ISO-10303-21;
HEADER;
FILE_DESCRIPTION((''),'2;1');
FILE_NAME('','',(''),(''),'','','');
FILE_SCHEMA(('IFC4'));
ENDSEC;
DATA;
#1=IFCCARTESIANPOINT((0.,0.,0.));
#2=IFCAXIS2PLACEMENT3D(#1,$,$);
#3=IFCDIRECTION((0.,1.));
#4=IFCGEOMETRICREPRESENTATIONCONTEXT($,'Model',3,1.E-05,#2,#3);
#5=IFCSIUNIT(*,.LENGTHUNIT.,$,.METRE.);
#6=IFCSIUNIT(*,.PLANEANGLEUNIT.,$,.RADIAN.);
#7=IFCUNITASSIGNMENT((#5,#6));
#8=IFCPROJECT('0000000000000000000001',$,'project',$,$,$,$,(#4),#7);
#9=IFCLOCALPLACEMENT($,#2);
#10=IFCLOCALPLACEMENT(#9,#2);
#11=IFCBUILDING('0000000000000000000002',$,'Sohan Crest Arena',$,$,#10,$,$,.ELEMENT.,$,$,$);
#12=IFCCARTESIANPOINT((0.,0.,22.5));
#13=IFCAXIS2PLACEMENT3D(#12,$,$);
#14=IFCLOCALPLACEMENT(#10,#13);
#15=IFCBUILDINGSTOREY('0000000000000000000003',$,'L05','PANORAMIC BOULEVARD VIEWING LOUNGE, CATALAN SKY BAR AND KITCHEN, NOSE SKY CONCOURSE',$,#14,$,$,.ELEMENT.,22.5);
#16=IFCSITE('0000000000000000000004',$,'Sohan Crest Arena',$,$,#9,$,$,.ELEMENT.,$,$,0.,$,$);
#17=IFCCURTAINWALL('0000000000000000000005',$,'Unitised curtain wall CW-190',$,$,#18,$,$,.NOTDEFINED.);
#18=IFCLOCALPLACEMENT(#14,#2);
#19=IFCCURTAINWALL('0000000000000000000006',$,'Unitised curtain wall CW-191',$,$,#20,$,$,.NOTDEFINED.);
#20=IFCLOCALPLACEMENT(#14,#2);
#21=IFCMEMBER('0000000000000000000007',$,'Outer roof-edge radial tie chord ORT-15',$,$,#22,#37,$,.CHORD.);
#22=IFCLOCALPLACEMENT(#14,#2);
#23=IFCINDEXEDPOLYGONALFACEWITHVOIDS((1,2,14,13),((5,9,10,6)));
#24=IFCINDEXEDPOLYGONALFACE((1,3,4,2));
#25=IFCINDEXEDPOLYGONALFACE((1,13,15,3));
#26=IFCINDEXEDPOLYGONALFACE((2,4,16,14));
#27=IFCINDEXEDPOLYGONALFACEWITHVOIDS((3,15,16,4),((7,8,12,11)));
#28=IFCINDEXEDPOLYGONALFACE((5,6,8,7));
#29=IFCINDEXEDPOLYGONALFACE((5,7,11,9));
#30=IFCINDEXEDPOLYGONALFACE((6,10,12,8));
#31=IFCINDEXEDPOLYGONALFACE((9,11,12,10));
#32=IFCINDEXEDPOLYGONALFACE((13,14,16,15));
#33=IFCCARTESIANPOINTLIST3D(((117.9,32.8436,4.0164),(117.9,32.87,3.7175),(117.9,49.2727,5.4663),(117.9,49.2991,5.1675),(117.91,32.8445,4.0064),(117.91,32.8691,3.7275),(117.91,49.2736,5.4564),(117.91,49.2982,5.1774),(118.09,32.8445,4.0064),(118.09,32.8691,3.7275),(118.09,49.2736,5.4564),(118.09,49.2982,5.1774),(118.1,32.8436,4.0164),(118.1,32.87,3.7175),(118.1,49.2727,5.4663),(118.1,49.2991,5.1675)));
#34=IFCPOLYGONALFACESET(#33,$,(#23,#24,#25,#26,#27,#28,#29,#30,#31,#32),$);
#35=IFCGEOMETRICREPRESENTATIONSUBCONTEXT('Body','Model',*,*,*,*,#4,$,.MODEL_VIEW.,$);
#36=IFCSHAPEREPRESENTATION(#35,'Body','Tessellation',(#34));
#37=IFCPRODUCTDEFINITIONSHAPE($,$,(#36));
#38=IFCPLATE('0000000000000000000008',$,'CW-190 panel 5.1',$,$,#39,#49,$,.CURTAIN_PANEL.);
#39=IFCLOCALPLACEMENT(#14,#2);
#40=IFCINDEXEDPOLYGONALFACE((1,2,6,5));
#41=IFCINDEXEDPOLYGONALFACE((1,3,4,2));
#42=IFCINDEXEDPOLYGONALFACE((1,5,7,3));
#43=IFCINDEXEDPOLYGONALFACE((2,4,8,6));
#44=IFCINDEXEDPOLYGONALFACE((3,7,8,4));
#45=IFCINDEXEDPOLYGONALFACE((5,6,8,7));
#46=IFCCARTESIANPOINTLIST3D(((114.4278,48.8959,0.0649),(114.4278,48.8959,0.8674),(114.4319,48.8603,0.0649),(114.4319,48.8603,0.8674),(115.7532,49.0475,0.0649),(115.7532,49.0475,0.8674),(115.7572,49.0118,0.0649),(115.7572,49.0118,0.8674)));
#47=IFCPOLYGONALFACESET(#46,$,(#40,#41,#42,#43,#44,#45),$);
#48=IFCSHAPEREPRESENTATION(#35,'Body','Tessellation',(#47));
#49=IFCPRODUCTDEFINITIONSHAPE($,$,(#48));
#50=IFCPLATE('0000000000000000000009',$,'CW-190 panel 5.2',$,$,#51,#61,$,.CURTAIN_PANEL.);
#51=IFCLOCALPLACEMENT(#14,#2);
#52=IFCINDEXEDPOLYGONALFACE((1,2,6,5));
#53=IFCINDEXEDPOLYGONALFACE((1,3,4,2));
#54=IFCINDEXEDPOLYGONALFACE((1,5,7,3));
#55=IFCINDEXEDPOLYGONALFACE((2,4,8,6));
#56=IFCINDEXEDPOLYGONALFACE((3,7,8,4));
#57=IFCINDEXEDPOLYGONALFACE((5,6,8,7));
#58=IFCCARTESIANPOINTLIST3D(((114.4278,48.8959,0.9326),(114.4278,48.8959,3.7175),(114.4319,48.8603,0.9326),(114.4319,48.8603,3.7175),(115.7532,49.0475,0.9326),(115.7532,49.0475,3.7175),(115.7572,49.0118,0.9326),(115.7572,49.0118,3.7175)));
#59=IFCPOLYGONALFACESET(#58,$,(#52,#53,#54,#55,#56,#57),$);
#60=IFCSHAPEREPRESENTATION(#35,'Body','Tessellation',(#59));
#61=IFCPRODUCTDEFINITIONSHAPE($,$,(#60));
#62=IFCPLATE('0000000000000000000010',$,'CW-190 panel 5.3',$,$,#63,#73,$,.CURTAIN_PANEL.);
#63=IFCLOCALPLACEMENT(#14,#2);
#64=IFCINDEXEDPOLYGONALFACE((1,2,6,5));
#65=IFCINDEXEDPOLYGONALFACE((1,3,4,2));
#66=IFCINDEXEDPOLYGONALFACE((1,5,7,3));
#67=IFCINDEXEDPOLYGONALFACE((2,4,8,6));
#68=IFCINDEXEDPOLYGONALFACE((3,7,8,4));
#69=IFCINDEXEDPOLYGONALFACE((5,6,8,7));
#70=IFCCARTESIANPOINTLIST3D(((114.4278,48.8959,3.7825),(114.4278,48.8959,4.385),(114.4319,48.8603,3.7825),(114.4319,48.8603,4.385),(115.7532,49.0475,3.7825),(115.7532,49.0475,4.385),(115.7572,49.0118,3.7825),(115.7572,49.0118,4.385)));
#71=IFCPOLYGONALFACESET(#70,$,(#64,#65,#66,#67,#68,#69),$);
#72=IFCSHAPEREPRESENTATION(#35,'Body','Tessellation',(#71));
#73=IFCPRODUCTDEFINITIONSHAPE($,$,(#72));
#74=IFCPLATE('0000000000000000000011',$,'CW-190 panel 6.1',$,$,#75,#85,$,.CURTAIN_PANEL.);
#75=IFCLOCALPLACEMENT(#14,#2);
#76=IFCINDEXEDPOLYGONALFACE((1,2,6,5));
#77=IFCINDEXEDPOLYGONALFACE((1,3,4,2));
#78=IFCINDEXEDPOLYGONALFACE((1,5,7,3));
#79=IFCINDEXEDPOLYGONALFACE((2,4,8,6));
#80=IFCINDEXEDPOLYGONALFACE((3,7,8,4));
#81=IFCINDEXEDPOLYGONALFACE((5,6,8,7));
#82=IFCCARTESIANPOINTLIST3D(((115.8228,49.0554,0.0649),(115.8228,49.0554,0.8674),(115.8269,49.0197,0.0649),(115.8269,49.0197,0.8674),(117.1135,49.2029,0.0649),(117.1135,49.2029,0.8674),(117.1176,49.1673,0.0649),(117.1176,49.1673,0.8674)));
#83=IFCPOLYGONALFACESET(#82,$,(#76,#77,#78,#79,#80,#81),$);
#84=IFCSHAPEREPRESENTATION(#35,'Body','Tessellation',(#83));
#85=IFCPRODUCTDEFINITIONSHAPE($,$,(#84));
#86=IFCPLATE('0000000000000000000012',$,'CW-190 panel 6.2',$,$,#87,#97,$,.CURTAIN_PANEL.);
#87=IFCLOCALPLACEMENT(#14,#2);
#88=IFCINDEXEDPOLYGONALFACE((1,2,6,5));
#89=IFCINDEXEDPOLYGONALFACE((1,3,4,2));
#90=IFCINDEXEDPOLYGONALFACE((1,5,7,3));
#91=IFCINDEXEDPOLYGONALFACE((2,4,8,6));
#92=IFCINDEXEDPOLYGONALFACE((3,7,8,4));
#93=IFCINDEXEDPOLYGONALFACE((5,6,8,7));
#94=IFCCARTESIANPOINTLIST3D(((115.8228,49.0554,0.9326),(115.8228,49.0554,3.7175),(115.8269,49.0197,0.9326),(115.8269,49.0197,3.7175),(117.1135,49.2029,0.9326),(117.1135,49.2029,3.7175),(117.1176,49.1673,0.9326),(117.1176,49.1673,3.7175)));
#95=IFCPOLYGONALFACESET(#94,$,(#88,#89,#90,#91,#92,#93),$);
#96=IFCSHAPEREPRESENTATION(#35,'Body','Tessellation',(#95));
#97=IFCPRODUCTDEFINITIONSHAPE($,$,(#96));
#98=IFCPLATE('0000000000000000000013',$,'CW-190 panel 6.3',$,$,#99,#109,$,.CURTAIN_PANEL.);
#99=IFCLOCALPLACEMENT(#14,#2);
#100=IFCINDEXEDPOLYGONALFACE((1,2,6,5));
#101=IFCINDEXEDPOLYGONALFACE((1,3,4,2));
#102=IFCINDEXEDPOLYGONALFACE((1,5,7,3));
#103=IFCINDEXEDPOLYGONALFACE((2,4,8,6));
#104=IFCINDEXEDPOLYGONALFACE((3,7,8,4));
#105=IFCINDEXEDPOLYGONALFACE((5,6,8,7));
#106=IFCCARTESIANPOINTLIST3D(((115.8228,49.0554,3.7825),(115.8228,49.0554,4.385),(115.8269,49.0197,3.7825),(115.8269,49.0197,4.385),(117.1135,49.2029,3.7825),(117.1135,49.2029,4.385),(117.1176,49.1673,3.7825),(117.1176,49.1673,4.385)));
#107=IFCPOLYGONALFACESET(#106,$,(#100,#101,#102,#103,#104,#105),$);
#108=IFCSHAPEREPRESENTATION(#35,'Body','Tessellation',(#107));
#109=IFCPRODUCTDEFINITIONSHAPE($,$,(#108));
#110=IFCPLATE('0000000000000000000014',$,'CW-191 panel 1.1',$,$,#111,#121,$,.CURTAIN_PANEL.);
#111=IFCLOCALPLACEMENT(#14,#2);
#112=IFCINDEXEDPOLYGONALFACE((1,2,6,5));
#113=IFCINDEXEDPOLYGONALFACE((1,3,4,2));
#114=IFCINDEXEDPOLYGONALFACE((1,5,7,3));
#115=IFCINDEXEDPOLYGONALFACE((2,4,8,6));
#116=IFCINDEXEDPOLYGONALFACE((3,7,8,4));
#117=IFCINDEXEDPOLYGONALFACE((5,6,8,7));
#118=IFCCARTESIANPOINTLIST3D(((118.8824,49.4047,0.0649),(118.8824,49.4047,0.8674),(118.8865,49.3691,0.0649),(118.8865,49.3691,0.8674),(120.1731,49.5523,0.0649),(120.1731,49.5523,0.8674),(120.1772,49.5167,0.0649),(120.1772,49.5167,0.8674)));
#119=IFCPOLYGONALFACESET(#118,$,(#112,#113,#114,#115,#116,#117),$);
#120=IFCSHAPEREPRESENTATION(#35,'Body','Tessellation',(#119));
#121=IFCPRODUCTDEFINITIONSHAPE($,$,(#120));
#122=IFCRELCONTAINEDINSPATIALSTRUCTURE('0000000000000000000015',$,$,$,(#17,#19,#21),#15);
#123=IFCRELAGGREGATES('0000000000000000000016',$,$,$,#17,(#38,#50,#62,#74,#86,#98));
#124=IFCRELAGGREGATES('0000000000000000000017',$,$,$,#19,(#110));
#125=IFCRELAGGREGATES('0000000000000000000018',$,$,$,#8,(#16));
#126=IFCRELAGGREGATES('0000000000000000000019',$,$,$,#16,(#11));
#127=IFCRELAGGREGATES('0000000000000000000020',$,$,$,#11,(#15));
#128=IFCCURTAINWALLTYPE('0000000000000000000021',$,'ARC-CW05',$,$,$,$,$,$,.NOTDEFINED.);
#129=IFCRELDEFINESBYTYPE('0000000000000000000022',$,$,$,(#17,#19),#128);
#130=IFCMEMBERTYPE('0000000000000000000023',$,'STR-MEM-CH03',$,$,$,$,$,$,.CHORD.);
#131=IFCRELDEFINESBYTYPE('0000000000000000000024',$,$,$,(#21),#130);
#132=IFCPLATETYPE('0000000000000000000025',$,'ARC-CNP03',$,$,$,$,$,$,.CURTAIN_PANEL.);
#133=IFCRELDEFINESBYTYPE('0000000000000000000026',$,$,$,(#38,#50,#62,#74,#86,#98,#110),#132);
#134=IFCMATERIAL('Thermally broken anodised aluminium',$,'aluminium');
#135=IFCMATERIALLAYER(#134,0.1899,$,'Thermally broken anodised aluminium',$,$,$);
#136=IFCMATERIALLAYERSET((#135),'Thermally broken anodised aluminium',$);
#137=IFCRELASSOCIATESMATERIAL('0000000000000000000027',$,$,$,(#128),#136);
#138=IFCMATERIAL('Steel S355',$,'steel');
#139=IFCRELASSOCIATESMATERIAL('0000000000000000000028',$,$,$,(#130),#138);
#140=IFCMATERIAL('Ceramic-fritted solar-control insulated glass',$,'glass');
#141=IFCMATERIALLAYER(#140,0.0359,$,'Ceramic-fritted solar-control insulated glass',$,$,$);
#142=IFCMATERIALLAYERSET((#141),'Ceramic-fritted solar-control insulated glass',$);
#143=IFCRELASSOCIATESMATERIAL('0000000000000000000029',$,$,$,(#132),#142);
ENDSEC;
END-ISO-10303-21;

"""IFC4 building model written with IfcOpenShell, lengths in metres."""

from ifc_helpers import new_model, si_unit, direction, frame, origin, origin_2d, place, context, subcontext, project, spatial, rectangle, hollow_rectangle, extrude, material, layer, layer_set, material_profile, profile_set, type_object, element, aggregate, save


model = new_model("IFC4")

# Units and contexts
model_context = context("Model", 3, precision=1e-05, world=origin(), true_north=direction((0.0, 1.0)))
body_context = subcontext(model_context, "Body", "Model", "MODEL_VIEW")
ifc_project = project(units=[si_unit("LENGTHUNIT", "METRE"), si_unit("PLANEANGLEUNIT", "RADIAN")], contexts=[model_context])

# Site, building, storey
site_placement = place(None, origin())
site = spatial("IfcSite", under=ifc_project, at=site_placement, Name="Sohan Crest Arena", CompositionType="ELEMENT", RefElevation=0.0)
building_placement = place(site_placement, origin())
building = spatial("IfcBuilding", under=site, at=building_placement, Name="Sohan Crest Arena", CompositionType="ELEMENT")
storey_placement = place(building_placement, frame((0.0, 0.0, 22.5)))
storey = spatial("IfcBuildingStorey", under=building, at=storey_placement, Name="L05", Description="PANORAMIC BOULEVARD VIEWING LOUNGE, CATALAN SKY BAR AND KITCHEN, NOSE SKY CONCOURSE", CompositionType="ELEMENT", Elevation=22.5)

# Curtain wall
ifc_material_1 = material(Name="Thermally broken anodised aluminium", Category="aluminium")
ifc_layer_1 = layer(ifc_material_1, 0.1899, Name="Thermally broken anodised aluminium")
ifc_layer_set_1 = layer_set([ifc_layer_1], Name="Thermally broken anodised aluminium")
curtain_wall_type = type_object("IfcCurtainWallType", Name="ARC-CW05", PredefinedType="NOTDEFINED", material=ifc_layer_set_1)
curtain_wall_1_placement = place(storey_placement, origin())
curtain_wall_1 = element("IfcCurtainWall", 1, at=curtain_wall_1_placement, inside=storey, type_object=curtain_wall_type, Name="Unitised curtain wall CW-190", PredefinedType="NOTDEFINED")

# Curtain wall
curtain_wall_2_placement = place(storey_placement, origin())
curtain_wall_2 = element("IfcCurtainWall", 2, at=curtain_wall_2_placement, inside=storey, type_object=curtain_wall_type, Name="Unitised curtain wall CW-191", PredefinedType="NOTDEFINED")

# Member
ifc_material_2 = material(Name="Steel S355", Category="steel")
ifc_material_profile_1 = material_profile(ifc_material_2, hollow_rectangle(XDim=0.2, YDim=0.3, WallThickness=0.01, at=origin_2d()), Name="RHS 300x200x10")
ifc_profile_set_1 = profile_set([ifc_material_profile_1], Name="Steel S355")
member_type_1 = type_object("IfcMemberType", Name="STR-MEM-CH03", PredefinedType="CHORD", material=ifc_profile_set_1)
member_1_placement = place(storey_placement, frame((118.0, 49.2859, 5.3169), z_axis=(0.0, -0.996128, -0.087914), x_axis=(1.0, 0.0, 0.0)))
element("IfcMember", 3, at=member_1_placement, inside=storey, type_object=member_type_1, Name="Outer roof-edge radial tie chord ORT-15", PredefinedType="CHORD", context=body_context, shape_type="SweptSolid", body=[
    extrude(hollow_rectangle(XDim=0.2, YDim=0.3, WallThickness=0.01, at=origin_2d()), origin(), (0.0, 0.0, 1.0), 16.4929),
])

# Plates
ifc_material_3 = material(Name="Ceramic-fritted solar-control insulated glass", Category="glass")
ifc_layer_2 = layer(ifc_material_3, 0.0359, Name="Ceramic-fritted solar-control insulated glass")
ifc_layer_set_2 = layer_set([ifc_layer_2], Name="Ceramic-fritted solar-control insulated glass")
plate_type = type_object("IfcPlateType", Name="ARC-CNP03", PredefinedType="CURTAIN_PANEL", material=ifc_layer_set_2)
plate_1_placement = place(storey_placement, frame((115.0925, 48.9539, 0.0649), z_axis=(0.0, 0.0, 1.0), x_axis=(0.993527, 0.113597, 0.0)))
plate_1 = element("IfcPlate", 4, at=plate_1_placement, type_object=plate_type, Name="CW-190 panel 5.1", PredefinedType="CURTAIN_PANEL", context=body_context, shape_type="SweptSolid", body=[
    extrude(rectangle(XDim=1.334, YDim=0.0359, at=origin_2d()), origin(), (0.0, 0.0, 1.0), 0.8025),
])
plate_2_placement = place(storey_placement, frame((115.0925, 48.9539, 0.9326), z_axis=(0.0, 0.0, 1.0), x_axis=(0.993527, 0.113597, 0.0)))
plate_2 = element("IfcPlate", 5, at=plate_2_placement, type_object=plate_type, Name="CW-190 panel 5.2", PredefinedType="CURTAIN_PANEL", context=body_context, shape_type="SweptSolid", body=[
    extrude(rectangle(XDim=1.334, YDim=0.0359, at=origin_2d()), origin(), (0.0, 0.0, 1.0), 2.7849),
])
plate_3_placement = place(storey_placement, frame((115.0925, 48.9539, 3.7825), z_axis=(0.0, 0.0, 1.0), x_axis=(0.993527, 0.113597, 0.0)))
plate_3 = element("IfcPlate", 6, at=plate_3_placement, type_object=plate_type, Name="CW-190 panel 5.3", PredefinedType="CURTAIN_PANEL", context=body_context, shape_type="SweptSolid", body=[
    extrude(rectangle(XDim=1.334, YDim=0.0359, at=origin_2d()), origin(), (0.0, 0.0, 1.0), 0.6025),
])
plate_4_placement = place(storey_placement, frame((116.4702, 49.1113, 0.0649), z_axis=(0.0, 0.0, 1.0), x_axis=(0.993527, 0.113597, 0.0)))
plate_4 = element("IfcPlate", 7, at=plate_4_placement, type_object=plate_type, Name="CW-190 panel 6.1", PredefinedType="CURTAIN_PANEL", context=body_context, shape_type="SweptSolid", body=[
    extrude(rectangle(XDim=1.2991, YDim=0.0359, at=origin_2d()), origin(), (0.0, 0.0, 1.0), 0.8025),
])
plate_5_placement = place(storey_placement, frame((116.4702, 49.1113, 0.9326), z_axis=(0.0, 0.0, 1.0), x_axis=(0.993527, 0.113597, 0.0)))
plate_5 = element("IfcPlate", 8, at=plate_5_placement, type_object=plate_type, Name="CW-190 panel 6.2", PredefinedType="CURTAIN_PANEL", context=body_context, shape_type="SweptSolid", body=[
    extrude(rectangle(XDim=1.2991, YDim=0.0359, at=origin_2d()), origin(), (0.0, 0.0, 1.0), 2.7849),
])
plate_6_placement = place(storey_placement, frame((116.4702, 49.1113, 3.7825), z_axis=(0.0, 0.0, 1.0), x_axis=(0.993527, 0.113597, 0.0)))
plate_6 = element("IfcPlate", 9, at=plate_6_placement, type_object=plate_type, Name="CW-190 panel 6.3", PredefinedType="CURTAIN_PANEL", context=body_context, shape_type="SweptSolid", body=[
    extrude(rectangle(XDim=1.2991, YDim=0.0359, at=origin_2d()), origin(), (0.0, 0.0, 1.0), 0.6025),
])
aggregate(curtain_wall_1, [plate_1, plate_2, plate_3, plate_4, plate_5, plate_6])
plate_7_placement = place(storey_placement, frame((119.5298, 49.4607, 0.0649), z_axis=(0.0, 0.0, 1.0), x_axis=(0.993527, 0.113597, 0.0)))
plate_7 = element("IfcPlate", 10, at=plate_7_placement, type_object=plate_type, Name="CW-191 panel 1.1", PredefinedType="CURTAIN_PANEL", context=body_context, shape_type="SweptSolid", body=[
    extrude(rectangle(XDim=1.2991, YDim=0.0359, at=origin_2d()), origin(), (0.0, 0.0, 1.0), 0.8025),
])
aggregate(curtain_wall_2, [plate_7])

save(model, "model.ifc")
